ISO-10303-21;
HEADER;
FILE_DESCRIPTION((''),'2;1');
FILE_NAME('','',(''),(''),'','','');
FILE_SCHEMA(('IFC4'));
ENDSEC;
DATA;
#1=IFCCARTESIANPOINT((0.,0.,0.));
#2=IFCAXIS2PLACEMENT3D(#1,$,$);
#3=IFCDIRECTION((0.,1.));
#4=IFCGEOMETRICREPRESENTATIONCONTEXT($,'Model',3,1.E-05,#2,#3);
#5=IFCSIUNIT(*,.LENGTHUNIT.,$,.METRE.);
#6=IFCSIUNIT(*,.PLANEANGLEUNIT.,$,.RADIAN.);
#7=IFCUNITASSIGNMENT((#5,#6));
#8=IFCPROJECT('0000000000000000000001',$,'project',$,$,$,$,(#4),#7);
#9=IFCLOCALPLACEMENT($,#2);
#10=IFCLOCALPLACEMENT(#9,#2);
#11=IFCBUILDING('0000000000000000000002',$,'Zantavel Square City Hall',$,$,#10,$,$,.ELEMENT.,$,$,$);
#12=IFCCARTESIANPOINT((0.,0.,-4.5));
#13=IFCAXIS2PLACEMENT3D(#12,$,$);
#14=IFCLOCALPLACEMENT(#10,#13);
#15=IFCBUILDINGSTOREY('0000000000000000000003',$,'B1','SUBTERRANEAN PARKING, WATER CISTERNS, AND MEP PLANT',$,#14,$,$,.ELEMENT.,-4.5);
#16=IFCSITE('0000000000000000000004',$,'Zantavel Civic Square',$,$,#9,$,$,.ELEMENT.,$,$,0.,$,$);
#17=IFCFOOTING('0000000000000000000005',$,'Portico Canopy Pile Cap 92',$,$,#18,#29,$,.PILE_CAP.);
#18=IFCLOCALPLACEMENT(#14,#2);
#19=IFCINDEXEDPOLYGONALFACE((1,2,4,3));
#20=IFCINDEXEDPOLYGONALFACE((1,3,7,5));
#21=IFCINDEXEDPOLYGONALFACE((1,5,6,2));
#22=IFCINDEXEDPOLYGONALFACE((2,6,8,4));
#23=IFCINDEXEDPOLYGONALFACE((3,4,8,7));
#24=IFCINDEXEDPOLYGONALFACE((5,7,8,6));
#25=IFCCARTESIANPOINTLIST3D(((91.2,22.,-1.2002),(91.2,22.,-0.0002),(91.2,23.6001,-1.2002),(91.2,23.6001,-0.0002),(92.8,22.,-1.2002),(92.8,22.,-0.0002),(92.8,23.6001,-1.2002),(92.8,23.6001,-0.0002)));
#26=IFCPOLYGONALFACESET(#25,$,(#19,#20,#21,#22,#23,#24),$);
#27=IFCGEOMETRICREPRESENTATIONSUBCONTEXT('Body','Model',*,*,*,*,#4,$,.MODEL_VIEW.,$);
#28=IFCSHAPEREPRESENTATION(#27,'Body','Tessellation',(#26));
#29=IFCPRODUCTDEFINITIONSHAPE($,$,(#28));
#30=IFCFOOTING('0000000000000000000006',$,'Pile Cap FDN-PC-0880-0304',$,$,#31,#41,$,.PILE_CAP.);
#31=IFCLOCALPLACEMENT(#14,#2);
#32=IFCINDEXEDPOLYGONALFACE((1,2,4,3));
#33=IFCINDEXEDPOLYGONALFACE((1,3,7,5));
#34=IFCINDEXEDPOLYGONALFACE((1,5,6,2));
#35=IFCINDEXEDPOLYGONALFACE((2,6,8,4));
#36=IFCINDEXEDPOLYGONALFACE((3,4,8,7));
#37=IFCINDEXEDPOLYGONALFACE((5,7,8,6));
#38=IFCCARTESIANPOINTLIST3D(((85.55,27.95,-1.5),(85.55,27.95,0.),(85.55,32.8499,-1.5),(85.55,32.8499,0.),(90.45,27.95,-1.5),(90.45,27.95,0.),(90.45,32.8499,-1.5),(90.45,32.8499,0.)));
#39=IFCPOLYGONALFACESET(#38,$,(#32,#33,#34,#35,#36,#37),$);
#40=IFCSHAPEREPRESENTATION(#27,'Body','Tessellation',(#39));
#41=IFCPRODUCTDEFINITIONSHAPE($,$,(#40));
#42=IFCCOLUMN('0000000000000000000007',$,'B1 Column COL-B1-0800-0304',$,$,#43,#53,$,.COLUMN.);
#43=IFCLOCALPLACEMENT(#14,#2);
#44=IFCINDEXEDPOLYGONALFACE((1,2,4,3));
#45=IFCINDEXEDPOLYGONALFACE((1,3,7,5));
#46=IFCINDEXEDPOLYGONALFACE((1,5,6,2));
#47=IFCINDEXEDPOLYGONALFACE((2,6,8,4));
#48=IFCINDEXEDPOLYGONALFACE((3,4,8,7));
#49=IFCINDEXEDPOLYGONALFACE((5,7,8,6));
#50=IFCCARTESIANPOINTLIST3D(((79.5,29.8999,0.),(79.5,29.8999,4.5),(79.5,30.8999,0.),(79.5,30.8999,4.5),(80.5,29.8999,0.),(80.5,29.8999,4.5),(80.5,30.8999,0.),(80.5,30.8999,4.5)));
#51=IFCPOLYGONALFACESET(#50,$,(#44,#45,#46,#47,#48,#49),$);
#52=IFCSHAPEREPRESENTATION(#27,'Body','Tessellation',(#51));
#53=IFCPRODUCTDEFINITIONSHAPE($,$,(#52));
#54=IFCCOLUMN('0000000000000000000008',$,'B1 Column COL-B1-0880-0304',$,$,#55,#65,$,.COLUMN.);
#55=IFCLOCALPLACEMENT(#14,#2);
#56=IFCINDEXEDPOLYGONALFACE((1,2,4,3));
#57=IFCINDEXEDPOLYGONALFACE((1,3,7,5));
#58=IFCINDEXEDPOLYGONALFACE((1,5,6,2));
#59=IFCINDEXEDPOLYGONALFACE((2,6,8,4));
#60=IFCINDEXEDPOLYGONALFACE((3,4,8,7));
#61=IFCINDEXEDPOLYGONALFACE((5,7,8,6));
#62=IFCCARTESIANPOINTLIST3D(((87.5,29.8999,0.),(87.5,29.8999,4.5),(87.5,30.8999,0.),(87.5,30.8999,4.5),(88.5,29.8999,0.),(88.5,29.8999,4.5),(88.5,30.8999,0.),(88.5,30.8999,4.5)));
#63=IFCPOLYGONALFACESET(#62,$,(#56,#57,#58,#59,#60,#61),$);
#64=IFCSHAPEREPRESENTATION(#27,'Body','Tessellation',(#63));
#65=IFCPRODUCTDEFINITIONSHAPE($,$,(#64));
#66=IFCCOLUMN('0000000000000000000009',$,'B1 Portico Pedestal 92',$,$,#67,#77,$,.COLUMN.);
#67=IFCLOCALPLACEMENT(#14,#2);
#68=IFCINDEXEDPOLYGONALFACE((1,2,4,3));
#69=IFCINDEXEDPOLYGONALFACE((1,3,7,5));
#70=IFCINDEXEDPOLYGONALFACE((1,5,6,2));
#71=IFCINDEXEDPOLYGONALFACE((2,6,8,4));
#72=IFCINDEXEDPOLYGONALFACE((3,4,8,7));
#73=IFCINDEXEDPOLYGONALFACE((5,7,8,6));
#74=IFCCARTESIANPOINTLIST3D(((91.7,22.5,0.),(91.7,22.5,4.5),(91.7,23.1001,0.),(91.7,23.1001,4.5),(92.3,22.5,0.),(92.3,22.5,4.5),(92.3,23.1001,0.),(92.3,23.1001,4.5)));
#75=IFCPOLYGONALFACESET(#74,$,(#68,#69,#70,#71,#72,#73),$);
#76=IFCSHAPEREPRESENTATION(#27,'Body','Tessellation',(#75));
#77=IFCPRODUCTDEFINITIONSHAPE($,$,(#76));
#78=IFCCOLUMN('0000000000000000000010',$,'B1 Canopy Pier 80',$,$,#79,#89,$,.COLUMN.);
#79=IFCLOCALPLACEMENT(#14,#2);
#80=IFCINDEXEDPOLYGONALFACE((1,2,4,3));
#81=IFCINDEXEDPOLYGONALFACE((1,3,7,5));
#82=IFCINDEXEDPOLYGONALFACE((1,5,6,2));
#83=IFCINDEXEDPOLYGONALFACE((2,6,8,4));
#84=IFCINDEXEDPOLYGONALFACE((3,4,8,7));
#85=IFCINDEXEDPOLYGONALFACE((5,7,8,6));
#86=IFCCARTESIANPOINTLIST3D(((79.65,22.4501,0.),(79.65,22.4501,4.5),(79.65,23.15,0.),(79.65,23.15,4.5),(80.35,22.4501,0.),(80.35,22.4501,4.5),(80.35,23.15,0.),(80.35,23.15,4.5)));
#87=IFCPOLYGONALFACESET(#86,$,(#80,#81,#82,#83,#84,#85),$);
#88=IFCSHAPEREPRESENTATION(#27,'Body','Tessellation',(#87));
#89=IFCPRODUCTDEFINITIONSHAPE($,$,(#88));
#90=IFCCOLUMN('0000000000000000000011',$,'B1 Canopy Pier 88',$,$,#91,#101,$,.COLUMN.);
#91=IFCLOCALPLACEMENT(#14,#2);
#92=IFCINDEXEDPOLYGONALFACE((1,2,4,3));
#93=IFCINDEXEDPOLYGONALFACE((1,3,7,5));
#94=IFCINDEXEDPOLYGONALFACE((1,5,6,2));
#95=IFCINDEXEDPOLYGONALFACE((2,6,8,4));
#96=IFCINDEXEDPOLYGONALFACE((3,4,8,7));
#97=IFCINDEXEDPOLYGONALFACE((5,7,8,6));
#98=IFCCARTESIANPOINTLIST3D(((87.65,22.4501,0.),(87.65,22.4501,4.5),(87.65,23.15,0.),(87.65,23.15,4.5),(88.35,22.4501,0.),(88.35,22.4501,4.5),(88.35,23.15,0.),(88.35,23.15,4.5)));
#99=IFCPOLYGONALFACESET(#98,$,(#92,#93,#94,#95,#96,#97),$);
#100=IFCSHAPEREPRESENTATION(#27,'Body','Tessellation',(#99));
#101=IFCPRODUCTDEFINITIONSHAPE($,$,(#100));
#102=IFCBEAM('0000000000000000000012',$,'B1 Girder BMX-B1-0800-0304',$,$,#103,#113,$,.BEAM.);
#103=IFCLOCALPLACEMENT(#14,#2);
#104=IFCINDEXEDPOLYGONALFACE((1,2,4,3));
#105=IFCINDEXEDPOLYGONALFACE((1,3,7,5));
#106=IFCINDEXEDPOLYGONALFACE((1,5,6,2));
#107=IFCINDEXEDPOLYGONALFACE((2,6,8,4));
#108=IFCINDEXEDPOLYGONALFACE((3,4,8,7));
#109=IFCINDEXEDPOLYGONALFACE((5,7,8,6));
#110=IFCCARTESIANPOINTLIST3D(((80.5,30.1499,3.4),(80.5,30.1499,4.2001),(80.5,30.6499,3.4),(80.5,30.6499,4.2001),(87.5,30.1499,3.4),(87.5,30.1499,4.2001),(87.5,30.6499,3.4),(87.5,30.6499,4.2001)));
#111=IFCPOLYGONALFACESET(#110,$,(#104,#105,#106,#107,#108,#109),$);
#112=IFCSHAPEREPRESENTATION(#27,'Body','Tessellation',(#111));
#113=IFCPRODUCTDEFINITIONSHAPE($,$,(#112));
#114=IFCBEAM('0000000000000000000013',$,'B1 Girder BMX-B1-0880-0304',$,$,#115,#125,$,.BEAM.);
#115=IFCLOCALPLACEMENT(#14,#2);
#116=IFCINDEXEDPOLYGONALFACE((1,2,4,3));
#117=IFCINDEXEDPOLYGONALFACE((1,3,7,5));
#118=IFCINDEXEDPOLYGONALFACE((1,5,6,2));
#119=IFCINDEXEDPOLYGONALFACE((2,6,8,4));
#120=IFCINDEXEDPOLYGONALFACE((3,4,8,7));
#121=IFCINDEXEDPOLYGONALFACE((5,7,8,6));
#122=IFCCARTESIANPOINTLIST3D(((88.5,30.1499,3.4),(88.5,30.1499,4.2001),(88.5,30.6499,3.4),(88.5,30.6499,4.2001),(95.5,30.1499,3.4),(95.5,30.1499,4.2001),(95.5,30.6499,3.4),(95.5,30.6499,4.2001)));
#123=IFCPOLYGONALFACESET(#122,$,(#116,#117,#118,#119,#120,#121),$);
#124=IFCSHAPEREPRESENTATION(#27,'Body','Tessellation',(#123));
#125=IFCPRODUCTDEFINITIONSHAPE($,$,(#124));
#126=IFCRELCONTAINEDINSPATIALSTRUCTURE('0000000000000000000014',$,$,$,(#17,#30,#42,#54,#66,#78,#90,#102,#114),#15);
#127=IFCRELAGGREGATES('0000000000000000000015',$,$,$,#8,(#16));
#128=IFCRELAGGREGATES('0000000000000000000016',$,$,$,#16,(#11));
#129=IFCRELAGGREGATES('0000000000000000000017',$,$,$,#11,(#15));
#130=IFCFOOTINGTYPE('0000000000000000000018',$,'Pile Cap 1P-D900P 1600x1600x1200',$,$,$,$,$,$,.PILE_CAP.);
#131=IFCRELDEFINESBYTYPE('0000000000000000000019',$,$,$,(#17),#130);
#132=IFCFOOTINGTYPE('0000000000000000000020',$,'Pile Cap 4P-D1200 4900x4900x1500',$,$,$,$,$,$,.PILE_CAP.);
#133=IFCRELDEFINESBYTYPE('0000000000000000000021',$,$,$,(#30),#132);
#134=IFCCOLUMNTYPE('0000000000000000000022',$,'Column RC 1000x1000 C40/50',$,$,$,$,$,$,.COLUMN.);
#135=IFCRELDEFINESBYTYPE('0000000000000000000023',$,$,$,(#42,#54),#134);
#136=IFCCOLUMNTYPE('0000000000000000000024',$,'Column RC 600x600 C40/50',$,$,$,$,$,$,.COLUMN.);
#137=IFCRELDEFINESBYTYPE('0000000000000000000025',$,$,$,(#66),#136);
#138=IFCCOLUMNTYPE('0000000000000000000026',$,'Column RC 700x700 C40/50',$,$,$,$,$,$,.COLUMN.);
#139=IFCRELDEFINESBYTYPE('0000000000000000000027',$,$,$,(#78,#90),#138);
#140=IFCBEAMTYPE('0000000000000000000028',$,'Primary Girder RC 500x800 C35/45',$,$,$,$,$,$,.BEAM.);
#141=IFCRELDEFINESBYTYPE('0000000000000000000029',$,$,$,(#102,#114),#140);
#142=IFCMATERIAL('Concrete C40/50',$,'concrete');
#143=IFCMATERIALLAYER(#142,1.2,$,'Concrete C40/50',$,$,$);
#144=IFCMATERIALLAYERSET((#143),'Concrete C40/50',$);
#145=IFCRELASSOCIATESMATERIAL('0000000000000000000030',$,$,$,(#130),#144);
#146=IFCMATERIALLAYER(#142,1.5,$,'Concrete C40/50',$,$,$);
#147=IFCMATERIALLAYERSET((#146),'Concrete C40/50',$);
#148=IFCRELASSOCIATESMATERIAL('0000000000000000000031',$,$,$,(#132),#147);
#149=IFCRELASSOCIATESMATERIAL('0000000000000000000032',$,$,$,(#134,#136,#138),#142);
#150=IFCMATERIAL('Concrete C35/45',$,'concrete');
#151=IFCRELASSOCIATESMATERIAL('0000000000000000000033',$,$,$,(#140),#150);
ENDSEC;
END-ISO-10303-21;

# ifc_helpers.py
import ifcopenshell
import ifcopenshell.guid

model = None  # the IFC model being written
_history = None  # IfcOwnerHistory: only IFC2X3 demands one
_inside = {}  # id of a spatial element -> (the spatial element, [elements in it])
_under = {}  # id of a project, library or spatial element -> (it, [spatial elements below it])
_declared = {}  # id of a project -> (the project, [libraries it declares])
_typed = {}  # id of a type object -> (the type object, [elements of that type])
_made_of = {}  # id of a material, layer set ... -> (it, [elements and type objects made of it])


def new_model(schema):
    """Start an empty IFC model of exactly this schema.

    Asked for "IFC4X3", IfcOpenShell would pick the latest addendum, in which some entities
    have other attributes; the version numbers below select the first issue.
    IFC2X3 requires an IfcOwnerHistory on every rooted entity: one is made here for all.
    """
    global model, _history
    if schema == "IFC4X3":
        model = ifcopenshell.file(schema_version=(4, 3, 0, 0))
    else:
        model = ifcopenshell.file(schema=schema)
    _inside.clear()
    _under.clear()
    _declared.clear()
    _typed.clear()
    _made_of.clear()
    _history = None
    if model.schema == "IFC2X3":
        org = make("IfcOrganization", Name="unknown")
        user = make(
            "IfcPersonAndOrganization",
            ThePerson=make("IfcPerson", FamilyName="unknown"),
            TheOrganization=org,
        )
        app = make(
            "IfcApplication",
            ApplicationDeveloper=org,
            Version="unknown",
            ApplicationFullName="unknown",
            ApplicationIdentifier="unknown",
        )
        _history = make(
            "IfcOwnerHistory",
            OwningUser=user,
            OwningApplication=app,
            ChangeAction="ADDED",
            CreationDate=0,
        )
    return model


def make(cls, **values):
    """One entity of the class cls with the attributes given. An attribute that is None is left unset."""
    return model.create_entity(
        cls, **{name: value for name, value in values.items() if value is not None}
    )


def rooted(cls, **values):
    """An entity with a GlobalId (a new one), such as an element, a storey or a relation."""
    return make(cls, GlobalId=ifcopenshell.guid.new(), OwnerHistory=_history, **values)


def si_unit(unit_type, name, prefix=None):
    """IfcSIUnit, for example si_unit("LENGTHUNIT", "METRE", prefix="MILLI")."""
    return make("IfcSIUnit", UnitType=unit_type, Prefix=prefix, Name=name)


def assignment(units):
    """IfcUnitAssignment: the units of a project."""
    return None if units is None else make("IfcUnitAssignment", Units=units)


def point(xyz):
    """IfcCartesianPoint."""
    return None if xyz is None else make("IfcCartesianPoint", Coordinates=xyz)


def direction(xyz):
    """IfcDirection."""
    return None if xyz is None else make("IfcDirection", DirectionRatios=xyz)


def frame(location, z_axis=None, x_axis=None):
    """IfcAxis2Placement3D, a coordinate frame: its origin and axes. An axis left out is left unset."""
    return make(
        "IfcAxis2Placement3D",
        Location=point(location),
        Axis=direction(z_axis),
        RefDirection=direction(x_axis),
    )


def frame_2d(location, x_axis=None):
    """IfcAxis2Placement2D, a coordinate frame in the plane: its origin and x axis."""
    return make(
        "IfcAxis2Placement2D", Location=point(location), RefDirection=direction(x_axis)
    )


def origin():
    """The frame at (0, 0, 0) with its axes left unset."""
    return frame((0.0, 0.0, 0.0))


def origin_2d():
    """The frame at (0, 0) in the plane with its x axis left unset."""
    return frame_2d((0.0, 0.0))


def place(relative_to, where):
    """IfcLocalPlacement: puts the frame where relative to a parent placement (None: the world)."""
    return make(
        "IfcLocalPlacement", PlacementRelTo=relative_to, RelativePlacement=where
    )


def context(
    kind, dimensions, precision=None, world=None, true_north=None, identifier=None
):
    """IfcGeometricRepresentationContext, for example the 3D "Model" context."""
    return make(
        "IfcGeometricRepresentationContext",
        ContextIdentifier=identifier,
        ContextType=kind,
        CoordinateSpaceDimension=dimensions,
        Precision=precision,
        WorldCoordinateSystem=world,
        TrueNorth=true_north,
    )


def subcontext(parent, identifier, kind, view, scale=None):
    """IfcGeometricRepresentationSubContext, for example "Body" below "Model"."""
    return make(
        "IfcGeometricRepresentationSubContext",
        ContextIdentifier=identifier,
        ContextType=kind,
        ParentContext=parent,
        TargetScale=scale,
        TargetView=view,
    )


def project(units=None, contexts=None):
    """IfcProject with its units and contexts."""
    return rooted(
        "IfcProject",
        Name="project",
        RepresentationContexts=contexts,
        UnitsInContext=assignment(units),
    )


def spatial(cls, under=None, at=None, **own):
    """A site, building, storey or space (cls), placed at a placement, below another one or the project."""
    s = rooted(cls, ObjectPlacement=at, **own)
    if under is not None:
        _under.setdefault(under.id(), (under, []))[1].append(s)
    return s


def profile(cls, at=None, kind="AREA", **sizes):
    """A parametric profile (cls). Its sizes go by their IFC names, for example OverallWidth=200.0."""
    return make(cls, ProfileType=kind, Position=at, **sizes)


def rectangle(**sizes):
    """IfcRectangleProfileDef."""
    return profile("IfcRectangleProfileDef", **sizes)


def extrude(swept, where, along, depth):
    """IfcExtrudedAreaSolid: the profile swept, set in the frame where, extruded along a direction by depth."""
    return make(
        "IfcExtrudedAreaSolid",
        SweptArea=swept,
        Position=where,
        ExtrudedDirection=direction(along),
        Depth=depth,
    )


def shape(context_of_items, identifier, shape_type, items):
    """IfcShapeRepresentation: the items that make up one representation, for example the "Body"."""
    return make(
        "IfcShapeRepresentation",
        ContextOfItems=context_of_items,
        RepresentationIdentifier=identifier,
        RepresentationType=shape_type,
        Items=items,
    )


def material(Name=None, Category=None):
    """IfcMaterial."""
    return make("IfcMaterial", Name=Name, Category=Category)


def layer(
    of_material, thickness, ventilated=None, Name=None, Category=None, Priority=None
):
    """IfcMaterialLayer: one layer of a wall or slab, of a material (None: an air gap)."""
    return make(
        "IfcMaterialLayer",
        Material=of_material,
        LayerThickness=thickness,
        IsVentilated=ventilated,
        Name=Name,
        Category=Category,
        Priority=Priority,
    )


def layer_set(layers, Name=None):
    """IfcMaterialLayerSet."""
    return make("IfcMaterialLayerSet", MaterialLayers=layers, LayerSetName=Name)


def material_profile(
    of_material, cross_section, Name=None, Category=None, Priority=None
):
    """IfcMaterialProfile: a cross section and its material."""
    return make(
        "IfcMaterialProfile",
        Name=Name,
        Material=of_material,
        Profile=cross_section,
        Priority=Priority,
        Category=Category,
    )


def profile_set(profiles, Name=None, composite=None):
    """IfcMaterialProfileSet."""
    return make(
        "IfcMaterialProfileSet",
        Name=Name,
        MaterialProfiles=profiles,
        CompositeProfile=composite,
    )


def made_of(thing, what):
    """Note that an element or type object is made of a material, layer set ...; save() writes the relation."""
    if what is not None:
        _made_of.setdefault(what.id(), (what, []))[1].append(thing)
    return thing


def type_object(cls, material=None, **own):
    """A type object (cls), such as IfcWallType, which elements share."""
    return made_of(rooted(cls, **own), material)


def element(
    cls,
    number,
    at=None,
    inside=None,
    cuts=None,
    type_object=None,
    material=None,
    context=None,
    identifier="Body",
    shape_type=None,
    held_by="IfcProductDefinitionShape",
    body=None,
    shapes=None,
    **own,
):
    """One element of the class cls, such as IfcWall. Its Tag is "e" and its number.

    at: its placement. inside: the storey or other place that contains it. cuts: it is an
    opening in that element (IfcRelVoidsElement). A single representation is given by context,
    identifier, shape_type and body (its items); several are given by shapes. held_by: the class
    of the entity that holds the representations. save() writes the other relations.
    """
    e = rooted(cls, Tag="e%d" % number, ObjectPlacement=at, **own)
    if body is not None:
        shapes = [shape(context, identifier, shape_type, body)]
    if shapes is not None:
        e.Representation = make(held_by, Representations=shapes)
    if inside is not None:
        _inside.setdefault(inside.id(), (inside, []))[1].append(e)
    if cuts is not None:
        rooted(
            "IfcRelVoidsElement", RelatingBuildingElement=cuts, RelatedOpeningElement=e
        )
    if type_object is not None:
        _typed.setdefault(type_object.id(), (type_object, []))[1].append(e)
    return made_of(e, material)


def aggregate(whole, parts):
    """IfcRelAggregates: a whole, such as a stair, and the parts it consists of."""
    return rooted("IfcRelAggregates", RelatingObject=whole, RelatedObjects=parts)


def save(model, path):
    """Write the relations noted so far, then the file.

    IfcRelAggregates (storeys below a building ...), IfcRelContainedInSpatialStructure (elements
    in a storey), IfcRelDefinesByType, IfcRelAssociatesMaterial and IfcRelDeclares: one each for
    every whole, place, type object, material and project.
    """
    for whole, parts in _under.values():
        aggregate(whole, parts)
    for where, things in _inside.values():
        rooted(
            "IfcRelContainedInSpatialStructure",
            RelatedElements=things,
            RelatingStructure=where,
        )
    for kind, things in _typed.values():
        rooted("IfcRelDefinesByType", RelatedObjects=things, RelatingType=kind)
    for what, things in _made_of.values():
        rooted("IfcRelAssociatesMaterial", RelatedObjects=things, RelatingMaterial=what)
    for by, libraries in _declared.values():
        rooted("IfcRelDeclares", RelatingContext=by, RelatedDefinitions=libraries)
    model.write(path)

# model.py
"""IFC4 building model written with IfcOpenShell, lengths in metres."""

from ifc_helpers import new_model, si_unit, direction, frame, origin, origin_2d, place, context, subcontext, project, spatial, rectangle, extrude, material, layer, layer_set, material_profile, profile_set, type_object, element, save


model = new_model("IFC4")

# Units and contexts
model_context = context("Model", 3, precision=1e-05, world=origin(), true_north=direction((0.0, 1.0)))
body_context = subcontext(model_context, "Body", "Model", "MODEL_VIEW")
ifc_project = project(units=[si_unit("LENGTHUNIT", "METRE"), si_unit("PLANEANGLEUNIT", "RADIAN")], contexts=[model_context])

# Site, building, storey
site_placement = place(None, origin())
site = spatial("IfcSite", under=ifc_project, at=site_placement, Name="Zantavel Civic Square", CompositionType="ELEMENT", RefElevation=0.0)
building_placement = place(site_placement, origin())
building = spatial("IfcBuilding", under=site, at=building_placement, Name="Zantavel Square City Hall", CompositionType="ELEMENT")
storey_placement = place(building_placement, frame((0.0, 0.0, -4.5)))
storey = spatial("IfcBuildingStorey", under=building, at=storey_placement, Name="B1", Description="SUBTERRANEAN PARKING, WATER CISTERNS, AND MEP PLANT", CompositionType="ELEMENT", Elevation=-4.5)

# Shared definitions
ifc_material_1 = material(Name="Concrete C35/45", Category="concrete")

# Footings
ifc_material_2 = material(Name="Concrete C40/50", Category="concrete")
ifc_layer_1 = layer(ifc_material_2, 1.2, Name="Concrete C40/50")
ifc_layer_set_1 = layer_set([ifc_layer_1], Name="Concrete C40/50")
footing_type_1 = type_object("IfcFootingType", Name="Pile Cap 1P-D900P 1600x1600x1200", PredefinedType="PILE_CAP", material=ifc_layer_set_1)
footing_1_placement = place(storey_placement, frame((92.0, 22.8, -1.2002), z_axis=(0.0, 0.0, 1.0), x_axis=(1.0, 0.0, 0.0)))
element("IfcFooting", 1, at=footing_1_placement, inside=storey, type_object=footing_type_1, Name="Portico Canopy Pile Cap 92", PredefinedType="PILE_CAP", context=body_context, shape_type="SweptSolid", body=[
    extrude(rectangle(XDim=1.6001, YDim=1.6001, at=origin_2d()), origin(), (0.0, 0.0, 1.0), 1.2),
])
ifc_layer_2 = layer(ifc_material_2, 1.5, Name="Concrete C40/50")
ifc_layer_set_2 = layer_set([ifc_layer_2], Name="Concrete C40/50")
footing_type_2 = type_object("IfcFootingType", Name="Pile Cap 4P-D1200 4900x4900x1500", PredefinedType="PILE_CAP", material=ifc_layer_set_2)
footing_2_placement = place(storey_placement, frame((88.0, 30.3999, -1.5), z_axis=(0.0, 0.0, 1.0), x_axis=(1.0, 0.0, 0.0)))
element("IfcFooting", 2, at=footing_2_placement, inside=storey, type_object=footing_type_2, Name="Pile Cap FDN-PC-0880-0304", PredefinedType="PILE_CAP", context=body_context, shape_type="SweptSolid", body=[
    extrude(rectangle(XDim=4.8999, YDim=4.8999, at=origin_2d()), origin(), (0.0, 0.0, 1.0), 1.5),
])

# Columns
ifc_material_profile_1 = material_profile(ifc_material_2, rectangle(XDim=1.0, YDim=1.0, at=origin_2d()), Name="RC 1000x1000")
ifc_profile_set_1 = profile_set([ifc_material_profile_1], Name="Concrete C40/50")
column_type_1 = type_object("IfcColumnType", Name="Column RC 1000x1000 C40/50", PredefinedType="COLUMN", material=ifc_profile_set_1)
for number, where, z_axis, x_axis, name in (
    (3, (80.0, 30.3999, 0.0), (0.0, 0.0, 1.0), (1.0, 0.0, 0.0), "B1 Column COL-B1-0800-0304"),
    (4, (88.0, 30.3999, 0.0), (0.0, 0.0, 1.0), (1.0, 0.0, 0.0), "B1 Column COL-B1-0880-0304"),
):
    element("IfcColumn", number, at=place(storey_placement, frame(where, z_axis=z_axis, x_axis=x_axis)), inside=storey, type_object=column_type_1, Name=name, PredefinedType="COLUMN", context=body_context, shape_type="SweptSolid", body=[
        extrude(rectangle(XDim=1.0, YDim=1.0, at=origin_2d()), origin(), (0.0, 0.0, 1.0), 4.5),
    ])
ifc_material_profile_2 = material_profile(ifc_material_2, rectangle(XDim=0.6001, YDim=0.6001, at=origin_2d()), Name="RC 600x600")
ifc_profile_set_2 = profile_set([ifc_material_profile_2], Name="Concrete C40/50")
column_type_2 = type_object("IfcColumnType", Name="Column RC 600x600 C40/50", PredefinedType="COLUMN", material=ifc_profile_set_2)
column_placement = place(storey_placement, frame((92.0, 22.8, 0.0), z_axis=(0.0, 0.0, 1.0), x_axis=(1.0, 0.0, 0.0)))
element("IfcColumn", 5, at=column_placement, inside=storey, type_object=column_type_2, Name="B1 Portico Pedestal 92", PredefinedType="COLUMN", context=body_context, shape_type="SweptSolid", body=[
    extrude(rectangle(XDim=0.6001, YDim=0.6001, at=origin_2d()), origin(), (0.0, 0.0, 1.0), 4.5),
])
ifc_material_profile_3 = material_profile(ifc_material_2, rectangle(XDim=0.7, YDim=0.7, at=origin_2d()), Name="RC 700x700")
ifc_profile_set_3 = profile_set([ifc_material_profile_3], Name="Concrete C40/50")
column_type_3 = type_object("IfcColumnType", Name="Column RC 700x700 C40/50", PredefinedType="COLUMN", material=ifc_profile_set_3)
for number, where, z_axis, x_axis, name in (
    (6, (80.0, 22.8, 0.0), (0.0, 0.0, 1.0), (1.0, 0.0, 0.0), "B1 Canopy Pier 80"),
    (7, (88.0, 22.8, 0.0), (0.0, 0.0, 1.0), (1.0, 0.0, 0.0), "B1 Canopy Pier 88"),
):
    element("IfcColumn", number, at=place(storey_placement, frame(where, z_axis=z_axis, x_axis=x_axis)), inside=storey, type_object=column_type_3, Name=name, PredefinedType="COLUMN", context=body_context, shape_type="SweptSolid", body=[
        extrude(rectangle(XDim=0.7, YDim=0.7, at=origin_2d()), origin(), (0.0, 0.0, 1.0), 4.5),
    ])

# Beams
ifc_material_profile_4 = material_profile(ifc_material_1, rectangle(XDim=0.5, YDim=0.8, at=origin_2d()), Name="RC 500x800")
ifc_profile_set_4 = profile_set([ifc_material_profile_4], Name="Concrete C35/45")
beam_type = type_object("IfcBeamType", Name="Primary Girder RC 500x800 C35/45", PredefinedType="BEAM", material=ifc_profile_set_4)
for number, where, z_axis, x_axis, name in (
    (8, (80.5, 30.3999, 3.8), (1.0, 0.0, 0.0), (0.0, 1.0, 0.0), "B1 Girder BMX-B1-0800-0304"),
    (9, (88.5, 30.3999, 3.8), (1.0, 0.0, 0.0), (0.0, 1.0, 0.0), "B1 Girder BMX-B1-0880-0304"),
):
    element("IfcBeam", number, at=place(storey_placement, frame(where, z_axis=z_axis, x_axis=x_axis)), inside=storey, type_object=beam_type, Name=name, PredefinedType="BEAM", context=body_context, shape_type="SweptSolid", body=[
        extrude(rectangle(XDim=0.5, YDim=0.8, at=origin_2d()), origin(), (0.0, 0.0, 1.0), 7.0),
    ])

save(model, "model.ifc")
